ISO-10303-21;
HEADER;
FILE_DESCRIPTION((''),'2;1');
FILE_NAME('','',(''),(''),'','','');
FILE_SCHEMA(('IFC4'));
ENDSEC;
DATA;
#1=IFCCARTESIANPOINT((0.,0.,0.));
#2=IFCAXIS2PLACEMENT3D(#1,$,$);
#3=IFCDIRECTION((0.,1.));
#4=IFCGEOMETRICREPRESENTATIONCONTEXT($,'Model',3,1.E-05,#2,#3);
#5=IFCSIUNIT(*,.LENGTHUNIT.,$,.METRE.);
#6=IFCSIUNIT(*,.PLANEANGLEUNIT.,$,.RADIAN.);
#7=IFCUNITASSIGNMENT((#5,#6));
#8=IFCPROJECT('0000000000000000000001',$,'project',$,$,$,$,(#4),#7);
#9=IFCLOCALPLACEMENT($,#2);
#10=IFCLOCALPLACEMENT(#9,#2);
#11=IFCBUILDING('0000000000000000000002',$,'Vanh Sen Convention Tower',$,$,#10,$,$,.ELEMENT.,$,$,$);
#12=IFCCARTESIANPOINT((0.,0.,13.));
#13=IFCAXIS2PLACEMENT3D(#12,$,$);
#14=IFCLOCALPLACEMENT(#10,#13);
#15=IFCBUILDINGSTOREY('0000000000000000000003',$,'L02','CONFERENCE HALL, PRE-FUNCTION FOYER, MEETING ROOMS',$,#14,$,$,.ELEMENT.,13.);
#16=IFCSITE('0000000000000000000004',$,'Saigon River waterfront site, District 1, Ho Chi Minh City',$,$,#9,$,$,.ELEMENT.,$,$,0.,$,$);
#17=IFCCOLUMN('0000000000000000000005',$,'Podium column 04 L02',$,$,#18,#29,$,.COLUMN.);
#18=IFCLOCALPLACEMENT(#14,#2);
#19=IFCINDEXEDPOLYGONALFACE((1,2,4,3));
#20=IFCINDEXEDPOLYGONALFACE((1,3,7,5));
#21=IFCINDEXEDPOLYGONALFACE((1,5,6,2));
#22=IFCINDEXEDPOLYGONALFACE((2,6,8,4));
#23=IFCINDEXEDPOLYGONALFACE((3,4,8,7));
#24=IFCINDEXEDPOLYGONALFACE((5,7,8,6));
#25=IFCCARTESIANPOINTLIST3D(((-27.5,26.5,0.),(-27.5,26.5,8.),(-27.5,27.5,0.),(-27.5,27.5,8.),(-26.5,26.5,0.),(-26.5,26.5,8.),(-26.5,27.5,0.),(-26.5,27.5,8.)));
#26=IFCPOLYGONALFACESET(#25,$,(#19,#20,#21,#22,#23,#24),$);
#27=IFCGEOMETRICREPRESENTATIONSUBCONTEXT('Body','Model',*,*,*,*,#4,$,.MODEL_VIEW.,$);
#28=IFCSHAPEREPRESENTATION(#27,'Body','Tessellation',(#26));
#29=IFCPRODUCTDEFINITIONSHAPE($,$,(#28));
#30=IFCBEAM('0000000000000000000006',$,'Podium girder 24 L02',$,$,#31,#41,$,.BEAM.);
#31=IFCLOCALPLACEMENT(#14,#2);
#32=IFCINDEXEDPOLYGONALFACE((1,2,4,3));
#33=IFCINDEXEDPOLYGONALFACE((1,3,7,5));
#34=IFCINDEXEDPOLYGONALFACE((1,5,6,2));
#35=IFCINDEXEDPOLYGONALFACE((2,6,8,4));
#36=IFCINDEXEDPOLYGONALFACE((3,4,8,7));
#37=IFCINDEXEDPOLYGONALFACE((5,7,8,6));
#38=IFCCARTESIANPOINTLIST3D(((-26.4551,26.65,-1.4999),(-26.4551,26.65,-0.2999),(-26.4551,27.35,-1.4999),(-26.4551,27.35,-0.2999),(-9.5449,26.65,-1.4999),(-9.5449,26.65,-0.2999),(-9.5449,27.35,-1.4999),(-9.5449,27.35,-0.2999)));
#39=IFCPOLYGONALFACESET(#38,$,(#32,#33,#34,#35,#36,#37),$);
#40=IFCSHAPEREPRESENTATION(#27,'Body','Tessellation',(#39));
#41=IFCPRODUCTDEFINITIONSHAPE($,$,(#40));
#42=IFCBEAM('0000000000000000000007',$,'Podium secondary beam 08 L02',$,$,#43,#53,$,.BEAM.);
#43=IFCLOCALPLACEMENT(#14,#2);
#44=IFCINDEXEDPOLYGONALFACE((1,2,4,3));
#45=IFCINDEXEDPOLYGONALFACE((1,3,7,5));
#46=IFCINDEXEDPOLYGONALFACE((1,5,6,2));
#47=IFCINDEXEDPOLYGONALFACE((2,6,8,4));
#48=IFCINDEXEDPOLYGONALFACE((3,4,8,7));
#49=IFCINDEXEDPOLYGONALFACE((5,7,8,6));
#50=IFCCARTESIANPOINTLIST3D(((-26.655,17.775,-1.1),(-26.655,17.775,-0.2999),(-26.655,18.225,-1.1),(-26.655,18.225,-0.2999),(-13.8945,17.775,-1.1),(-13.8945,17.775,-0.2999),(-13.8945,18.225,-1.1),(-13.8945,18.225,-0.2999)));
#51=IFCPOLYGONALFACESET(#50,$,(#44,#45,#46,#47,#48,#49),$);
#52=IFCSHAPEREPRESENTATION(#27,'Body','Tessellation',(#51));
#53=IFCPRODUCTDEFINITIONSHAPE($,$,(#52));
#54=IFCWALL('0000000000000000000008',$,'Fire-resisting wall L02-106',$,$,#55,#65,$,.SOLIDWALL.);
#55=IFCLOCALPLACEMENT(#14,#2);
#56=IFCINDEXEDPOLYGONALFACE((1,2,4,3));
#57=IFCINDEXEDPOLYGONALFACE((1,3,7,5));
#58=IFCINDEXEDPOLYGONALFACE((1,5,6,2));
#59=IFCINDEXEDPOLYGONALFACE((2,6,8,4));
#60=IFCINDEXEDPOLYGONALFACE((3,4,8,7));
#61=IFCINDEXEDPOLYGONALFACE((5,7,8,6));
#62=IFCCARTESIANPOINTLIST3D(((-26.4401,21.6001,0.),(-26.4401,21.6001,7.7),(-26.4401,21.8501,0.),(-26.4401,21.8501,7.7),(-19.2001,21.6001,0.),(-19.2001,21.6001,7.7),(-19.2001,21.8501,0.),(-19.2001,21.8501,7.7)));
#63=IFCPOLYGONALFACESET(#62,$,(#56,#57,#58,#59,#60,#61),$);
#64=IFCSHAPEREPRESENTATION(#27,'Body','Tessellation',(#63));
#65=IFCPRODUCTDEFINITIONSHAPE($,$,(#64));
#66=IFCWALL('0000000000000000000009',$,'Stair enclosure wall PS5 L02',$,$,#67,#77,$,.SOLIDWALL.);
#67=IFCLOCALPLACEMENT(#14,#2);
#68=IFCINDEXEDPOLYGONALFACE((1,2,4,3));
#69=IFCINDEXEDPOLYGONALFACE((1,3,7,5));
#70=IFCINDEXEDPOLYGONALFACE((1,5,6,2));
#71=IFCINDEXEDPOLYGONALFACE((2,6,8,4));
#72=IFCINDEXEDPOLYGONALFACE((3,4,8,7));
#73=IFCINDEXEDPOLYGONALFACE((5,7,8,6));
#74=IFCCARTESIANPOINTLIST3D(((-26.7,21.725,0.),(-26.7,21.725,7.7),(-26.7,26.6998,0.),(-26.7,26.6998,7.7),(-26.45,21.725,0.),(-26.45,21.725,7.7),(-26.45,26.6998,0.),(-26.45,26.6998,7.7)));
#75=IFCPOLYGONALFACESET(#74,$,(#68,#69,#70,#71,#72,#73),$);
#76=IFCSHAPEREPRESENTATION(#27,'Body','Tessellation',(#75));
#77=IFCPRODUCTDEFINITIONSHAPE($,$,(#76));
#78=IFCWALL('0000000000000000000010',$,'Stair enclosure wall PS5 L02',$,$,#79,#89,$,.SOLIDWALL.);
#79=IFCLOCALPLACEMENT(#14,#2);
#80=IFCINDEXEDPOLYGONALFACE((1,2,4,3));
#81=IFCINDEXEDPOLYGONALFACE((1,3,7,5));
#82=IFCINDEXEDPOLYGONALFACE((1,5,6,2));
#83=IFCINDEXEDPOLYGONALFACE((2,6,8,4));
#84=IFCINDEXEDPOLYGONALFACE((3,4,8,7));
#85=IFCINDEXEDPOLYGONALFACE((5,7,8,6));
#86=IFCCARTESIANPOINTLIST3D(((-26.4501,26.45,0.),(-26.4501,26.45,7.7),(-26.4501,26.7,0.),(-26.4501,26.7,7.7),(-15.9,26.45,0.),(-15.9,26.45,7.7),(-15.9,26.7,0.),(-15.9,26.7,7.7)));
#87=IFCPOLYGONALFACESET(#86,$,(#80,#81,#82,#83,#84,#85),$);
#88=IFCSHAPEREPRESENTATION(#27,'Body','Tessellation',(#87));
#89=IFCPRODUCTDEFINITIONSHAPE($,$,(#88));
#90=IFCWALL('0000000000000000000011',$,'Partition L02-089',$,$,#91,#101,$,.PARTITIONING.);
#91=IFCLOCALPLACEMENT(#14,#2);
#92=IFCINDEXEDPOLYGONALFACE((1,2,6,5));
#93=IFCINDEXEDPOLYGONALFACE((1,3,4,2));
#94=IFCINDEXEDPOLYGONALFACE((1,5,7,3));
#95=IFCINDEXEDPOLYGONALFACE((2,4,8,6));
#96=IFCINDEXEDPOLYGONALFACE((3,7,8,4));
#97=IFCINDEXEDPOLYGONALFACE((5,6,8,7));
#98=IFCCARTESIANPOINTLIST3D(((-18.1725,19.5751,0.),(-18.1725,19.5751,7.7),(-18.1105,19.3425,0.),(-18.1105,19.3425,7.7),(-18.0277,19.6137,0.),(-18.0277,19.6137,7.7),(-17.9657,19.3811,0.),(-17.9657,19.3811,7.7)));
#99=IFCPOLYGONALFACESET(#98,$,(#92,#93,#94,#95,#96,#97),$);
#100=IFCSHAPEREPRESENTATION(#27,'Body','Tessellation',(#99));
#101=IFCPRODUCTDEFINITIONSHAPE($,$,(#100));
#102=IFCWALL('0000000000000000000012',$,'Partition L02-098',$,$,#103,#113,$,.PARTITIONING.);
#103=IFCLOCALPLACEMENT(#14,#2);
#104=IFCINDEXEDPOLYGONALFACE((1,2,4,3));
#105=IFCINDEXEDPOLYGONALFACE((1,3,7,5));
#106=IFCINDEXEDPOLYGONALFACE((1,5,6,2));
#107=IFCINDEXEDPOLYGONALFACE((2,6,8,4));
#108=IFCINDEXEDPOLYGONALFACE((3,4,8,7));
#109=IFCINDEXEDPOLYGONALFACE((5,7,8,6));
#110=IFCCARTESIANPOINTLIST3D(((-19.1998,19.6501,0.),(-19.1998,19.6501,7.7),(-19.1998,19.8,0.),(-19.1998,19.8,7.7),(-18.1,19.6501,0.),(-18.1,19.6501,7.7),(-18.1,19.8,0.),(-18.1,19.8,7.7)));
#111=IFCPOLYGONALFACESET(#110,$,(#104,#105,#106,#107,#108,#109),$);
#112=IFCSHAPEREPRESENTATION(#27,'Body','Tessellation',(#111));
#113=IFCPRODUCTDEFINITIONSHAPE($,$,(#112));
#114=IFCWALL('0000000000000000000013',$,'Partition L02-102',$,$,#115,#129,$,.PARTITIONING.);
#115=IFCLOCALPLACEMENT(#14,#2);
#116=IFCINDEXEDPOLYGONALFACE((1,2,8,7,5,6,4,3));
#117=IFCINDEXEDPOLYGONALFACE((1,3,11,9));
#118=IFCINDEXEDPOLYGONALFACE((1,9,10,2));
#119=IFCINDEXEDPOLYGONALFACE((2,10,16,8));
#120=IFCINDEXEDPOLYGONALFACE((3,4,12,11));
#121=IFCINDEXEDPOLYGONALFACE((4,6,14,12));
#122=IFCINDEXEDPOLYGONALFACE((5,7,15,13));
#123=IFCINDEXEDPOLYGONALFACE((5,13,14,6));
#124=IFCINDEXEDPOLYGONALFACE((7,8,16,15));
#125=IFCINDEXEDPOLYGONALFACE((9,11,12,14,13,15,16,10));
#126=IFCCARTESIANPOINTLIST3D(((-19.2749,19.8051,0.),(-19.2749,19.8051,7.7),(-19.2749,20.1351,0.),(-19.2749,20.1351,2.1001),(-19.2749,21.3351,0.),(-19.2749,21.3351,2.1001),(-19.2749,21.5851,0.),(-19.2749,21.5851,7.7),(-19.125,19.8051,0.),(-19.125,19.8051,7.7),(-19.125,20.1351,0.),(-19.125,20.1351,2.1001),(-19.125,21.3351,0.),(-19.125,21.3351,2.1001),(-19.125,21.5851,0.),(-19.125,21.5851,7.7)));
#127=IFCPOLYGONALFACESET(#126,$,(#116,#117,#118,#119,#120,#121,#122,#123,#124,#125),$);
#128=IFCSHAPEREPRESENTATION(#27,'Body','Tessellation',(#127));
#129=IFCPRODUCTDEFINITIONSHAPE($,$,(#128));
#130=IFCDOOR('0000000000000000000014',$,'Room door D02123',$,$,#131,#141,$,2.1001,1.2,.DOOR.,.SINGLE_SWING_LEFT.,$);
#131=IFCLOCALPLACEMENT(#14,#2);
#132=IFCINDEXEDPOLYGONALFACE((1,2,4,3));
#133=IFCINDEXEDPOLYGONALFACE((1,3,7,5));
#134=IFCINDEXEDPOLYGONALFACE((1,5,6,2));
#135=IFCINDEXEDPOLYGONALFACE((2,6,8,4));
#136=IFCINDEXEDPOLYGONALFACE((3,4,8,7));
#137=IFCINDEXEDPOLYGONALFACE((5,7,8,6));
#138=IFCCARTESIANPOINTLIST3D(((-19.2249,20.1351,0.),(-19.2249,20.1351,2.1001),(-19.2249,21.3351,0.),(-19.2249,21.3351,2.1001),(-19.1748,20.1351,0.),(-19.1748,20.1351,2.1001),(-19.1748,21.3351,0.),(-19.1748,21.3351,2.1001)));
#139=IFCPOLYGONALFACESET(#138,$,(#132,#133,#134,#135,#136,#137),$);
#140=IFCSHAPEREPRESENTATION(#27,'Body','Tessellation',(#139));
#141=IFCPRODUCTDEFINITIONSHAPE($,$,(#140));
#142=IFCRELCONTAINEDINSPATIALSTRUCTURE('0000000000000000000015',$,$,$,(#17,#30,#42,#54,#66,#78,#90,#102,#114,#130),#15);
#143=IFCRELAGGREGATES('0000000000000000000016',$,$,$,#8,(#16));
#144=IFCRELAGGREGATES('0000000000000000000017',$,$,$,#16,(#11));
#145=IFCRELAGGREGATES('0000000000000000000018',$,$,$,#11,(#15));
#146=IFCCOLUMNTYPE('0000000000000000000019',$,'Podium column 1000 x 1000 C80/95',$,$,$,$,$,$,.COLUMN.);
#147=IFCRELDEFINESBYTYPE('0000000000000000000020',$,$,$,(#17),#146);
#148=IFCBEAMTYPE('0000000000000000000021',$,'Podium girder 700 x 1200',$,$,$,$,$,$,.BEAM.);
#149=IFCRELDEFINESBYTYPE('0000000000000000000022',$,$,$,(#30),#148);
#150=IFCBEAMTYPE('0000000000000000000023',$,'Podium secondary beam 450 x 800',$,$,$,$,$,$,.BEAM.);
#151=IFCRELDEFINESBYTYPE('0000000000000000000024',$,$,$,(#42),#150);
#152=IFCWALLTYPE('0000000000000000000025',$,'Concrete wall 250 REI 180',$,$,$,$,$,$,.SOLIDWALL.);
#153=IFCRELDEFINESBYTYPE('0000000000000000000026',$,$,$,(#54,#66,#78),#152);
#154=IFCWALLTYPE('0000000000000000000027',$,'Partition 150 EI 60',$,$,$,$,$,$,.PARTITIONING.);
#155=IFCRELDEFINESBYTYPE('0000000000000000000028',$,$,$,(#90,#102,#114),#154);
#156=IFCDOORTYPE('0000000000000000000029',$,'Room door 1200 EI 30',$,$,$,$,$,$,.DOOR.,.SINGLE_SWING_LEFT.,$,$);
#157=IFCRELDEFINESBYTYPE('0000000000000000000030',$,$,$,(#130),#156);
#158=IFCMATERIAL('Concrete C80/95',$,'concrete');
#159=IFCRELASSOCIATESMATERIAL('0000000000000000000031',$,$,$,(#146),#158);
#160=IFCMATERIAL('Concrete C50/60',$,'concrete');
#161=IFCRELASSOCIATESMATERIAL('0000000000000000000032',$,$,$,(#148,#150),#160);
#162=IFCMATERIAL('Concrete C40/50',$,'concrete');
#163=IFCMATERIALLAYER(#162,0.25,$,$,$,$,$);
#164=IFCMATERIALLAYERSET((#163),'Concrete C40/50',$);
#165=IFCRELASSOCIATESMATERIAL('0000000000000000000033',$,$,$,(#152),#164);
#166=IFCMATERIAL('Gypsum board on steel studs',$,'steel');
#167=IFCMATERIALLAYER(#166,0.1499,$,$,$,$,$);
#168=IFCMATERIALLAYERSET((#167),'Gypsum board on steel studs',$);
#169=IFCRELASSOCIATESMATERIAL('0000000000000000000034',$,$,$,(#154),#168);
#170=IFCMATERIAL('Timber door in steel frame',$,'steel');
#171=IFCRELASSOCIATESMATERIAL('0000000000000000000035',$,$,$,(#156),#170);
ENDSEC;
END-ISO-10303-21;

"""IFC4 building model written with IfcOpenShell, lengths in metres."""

from ifc_helpers import new_model, si_unit, direction, frame, frame_2d, origin, origin_2d, place, context, subcontext, project, spatial, rectangle, extrude, material, layer, layer_set, material_profile, profile_set, type_object, element, fill, save


model = new_model("IFC4")

# Units and contexts
model_context = context("Model", 3, precision=1e-05, world=origin(), true_north=direction((0.0, 1.0)))
body_context = subcontext(model_context, "Body", "Model", "MODEL_VIEW")
ifc_project = project(units=[si_unit("LENGTHUNIT", "METRE"), si_unit("PLANEANGLEUNIT", "RADIAN")], contexts=[model_context])

# Site, building, storey
site_placement = place(None, origin())
site = spatial("IfcSite", under=ifc_project, at=site_placement, Name="Saigon River waterfront site, District 1, Ho Chi Minh City", CompositionType="ELEMENT", RefElevation=0.0)
building_placement = place(site_placement, origin())
building = spatial("IfcBuilding", under=site, at=building_placement, Name="Vanh Sen Convention Tower", CompositionType="ELEMENT")
storey_placement = place(building_placement, frame((0.0, 0.0, 13.0)))
storey = spatial("IfcBuildingStorey", under=building, at=storey_placement, Name="L02", Description="CONFERENCE HALL, PRE-FUNCTION FOYER, MEETING ROOMS", CompositionType="ELEMENT", Elevation=13.0)

# Column
ifc_material_1 = material(Name="Concrete C80/95", Category="concrete")
ifc_material_profile_1 = material_profile(ifc_material_1, rectangle(XDim=1.0, YDim=1.0, at=origin_2d()), Name="RC 1000X1000")
ifc_profile_set_1 = profile_set([ifc_material_profile_1], Name="Concrete C80/95")
column_type = type_object("IfcColumnType", Name="Podium column 1000 x 1000 C80/95", PredefinedType="COLUMN", material=ifc_profile_set_1)
column_placement = place(storey_placement, frame((-27.0, 27.0, 0.0), z_axis=(0.0, 0.0, 1.0), x_axis=(1.0, 0.0, 0.0)))
element("IfcColumn", 1, at=column_placement, inside=storey, type_object=column_type, Name="Podium column 04 L02", PredefinedType="COLUMN", context=body_context, shape_type="SweptSolid", body=[
    extrude(rectangle(XDim=1.0, YDim=1.0, at=origin_2d()), origin(), (0.0, 0.0, 1.0), 8.0),
])

# Beams
ifc_material_2 = material(Name="Concrete C50/60", Category="concrete")
ifc_material_profile_2 = material_profile(ifc_material_2, rectangle(XDim=0.7, YDim=1.2, at=origin_2d()), Name="RC 700X1200")
ifc_profile_set_2 = profile_set([ifc_material_profile_2], Name="Concrete C50/60")
beam_type_1 = type_object("IfcBeamType", Name="Podium girder 700 x 1200", PredefinedType="BEAM", material=ifc_profile_set_2)
beam_1_placement = place(storey_placement, frame((-26.4551, 27.0, -0.8999), z_axis=(1.0, 0.0, 0.0), x_axis=(0.0, 1.0, 0.0)))
element("IfcBeam", 2, at=beam_1_placement, inside=storey, type_object=beam_type_1, Name="Podium girder 24 L02", PredefinedType="BEAM", context=body_context, shape_type="SweptSolid", body=[
    extrude(rectangle(XDim=0.7, YDim=1.2, at=origin_2d()), origin(), (0.0, 0.0, 1.0), 16.9102),
])
ifc_material_profile_3 = material_profile(ifc_material_2, rectangle(XDim=0.45, YDim=0.8, at=origin_2d()), Name="RC 450X800")
ifc_profile_set_3 = profile_set([ifc_material_profile_3], Name="Concrete C50/60")
beam_type_2 = type_object("IfcBeamType", Name="Podium secondary beam 450 x 800", PredefinedType="BEAM", material=ifc_profile_set_3)
beam_2_placement = place(storey_placement, frame((-26.655, 18.0, -0.7), z_axis=(1.0, 0.0, 0.0), x_axis=(0.0, 1.0, 0.0)))
element("IfcBeam", 3, at=beam_2_placement, inside=storey, type_object=beam_type_2, Name="Podium secondary beam 08 L02", PredefinedType="BEAM", context=body_context, shape_type="SweptSolid", body=[
    extrude(rectangle(XDim=0.45, YDim=0.8, at=origin_2d()), origin(), (0.0, 0.0, 1.0), 12.7605),
])

# Wall
ifc_material_3 = material(Name="Concrete C40/50", Category="concrete")
ifc_layer_1 = layer(ifc_material_3, 0.25)
ifc_layer_set_1 = layer_set([ifc_layer_1], Name="Concrete C40/50")
wall_type_1 = type_object("IfcWallType", Name="Concrete wall 250 REI 180", PredefinedType="SOLIDWALL", material=ifc_layer_set_1)
wall_1_placement = place(storey_placement, frame((-19.2, 21.7251, 0.0), z_axis=(0.0, 0.0, 1.0), x_axis=(-1.0, 0.0, 0.0)))
element("IfcWall", 4, at=wall_1_placement, inside=storey, type_object=wall_type_1, Name="Fire-resisting wall L02-106", PredefinedType="SOLIDWALL", context=body_context, shape_type="SweptSolid", body=[
    extrude(rectangle(XDim=7.24, YDim=0.25, at=frame_2d((3.6201, 0.0))), origin(), (0.0, 0.0, 1.0), 7.7),
])

# Walls
wall_2_placement = place(storey_placement, frame((-26.575, 21.7251, 0.0), z_axis=(0.0, 0.0, 1.0), x_axis=(0.0, 1.0, 0.0)))
element("IfcWall", 5, at=wall_2_placement, inside=storey, type_object=wall_type_1, Name="Stair enclosure wall PS5 L02", PredefinedType="SOLIDWALL", context=body_context, shape_type="SweptSolid", body=[
    extrude(rectangle(XDim=4.9749, YDim=0.25, at=frame_2d((2.4873, 0.0))), origin(), (0.0, 0.0, 1.0), 7.7),
])
wall_3_placement = place(storey_placement, frame((-26.45, 26.575, 0.0), z_axis=(0.0, 0.0, 1.0), x_axis=(1.0, 0.0, 0.0)))
element("IfcWall", 6, at=wall_3_placement, inside=storey, type_object=wall_type_1, Name="Stair enclosure wall PS5 L02", PredefinedType="SOLIDWALL", context=body_context, shape_type="SweptSolid", body=[
    extrude(rectangle(XDim=10.55, YDim=0.25, at=frame_2d((5.2749, 0.0))), origin(), (0.0, 0.0, 1.0), 7.7),
])
ifc_material_4 = material(Name="Gypsum board on steel studs", Category="steel")
ifc_layer_2 = layer(ifc_material_4, 0.1499)
ifc_layer_set_2 = layer_set([ifc_layer_2], Name="Gypsum board on steel studs")
wall_type_2 = type_object("IfcWallType", Name="Partition 150 EI 60", PredefinedType="PARTITIONING", material=ifc_layer_set_2)
wall_4_placement = place(storey_placement, frame((-18.0381, 19.3618, 0.0), z_axis=(0.0, 0.0, 1.0), x_axis=(-0.257536, 0.966269, 0.0)))
element("IfcWall", 7, at=wall_4_placement, inside=storey, type_object=wall_type_2, Name="Partition L02-089", PredefinedType="PARTITIONING", context=body_context, shape_type="SweptSolid", body=[
    extrude(rectangle(XDim=0.2407, YDim=0.1499, at=frame_2d((0.1204, 0.0))), origin(), (0.0, 0.0, 1.0), 7.7),
])
wall_5_placement = place(storey_placement, frame((-18.1001, 19.7251, 0.0), z_axis=(0.0, 0.0, 1.0), x_axis=(-1.0, 0.0, 0.0)))
element("IfcWall", 8, at=wall_5_placement, inside=storey, type_object=wall_type_2, Name="Partition L02-098", PredefinedType="PARTITIONING", context=body_context, shape_type="SweptSolid", body=[
    extrude(rectangle(XDim=1.0999, YDim=0.1499, at=frame_2d((0.5498, 0.0))), origin(), (0.0, 0.0, 1.0), 7.7),
])

# Wall, opening, door
wall_6_placement = place(storey_placement, frame((-19.2, 19.8049, 0.0), z_axis=(0.0, 0.0, 1.0), x_axis=(0.0, 1.0, 0.0)))
wall_6 = element("IfcWall", 9, at=wall_6_placement, inside=storey, type_object=wall_type_2, Name="Partition L02-102", PredefinedType="PARTITIONING", context=body_context, shape_type="SweptSolid", body=[
    extrude(rectangle(XDim=1.78, YDim=0.1499, at=frame_2d((0.8901, 0.0))), origin(), (0.0, 0.0, 1.0), 7.7),
])
opening_1_placement = place(wall_6_placement, frame((0.3301, 0.0, 0.0)))
opening_1 = element("IfcOpeningElement", 10, at=opening_1_placement, cuts=wall_6, PredefinedType="OPENING", context=body_context, shape_type="SweptSolid", body=[
    extrude(rectangle(XDim=1.2, YDim=2.1001, at=frame_2d((0.6001, 1.05))), frame((0.0, 0.085, 0.0), z_axis=(0.0, -1.0, 0.0), x_axis=(1.0, 0.0, 0.0)), (0.0, 0.0, 1.0), 0.1699),
])
ifc_material_5 = material(Name="Timber door in steel frame", Category="steel")
door_type_1 = type_object("IfcDoorType", Name="Room door 1200 EI 30", OperationType="SINGLE_SWING_LEFT", PredefinedType="DOOR", material=ifc_material_5)
door_1_placement = place(opening_1_placement, origin())
door_1 = element("IfcDoor", 11, at=door_1_placement, inside=storey, type_object=door_type_1, Name="Room door D02123", OperationType="SINGLE_SWING_LEFT", OverallHeight=2.1001, OverallWidth=1.2, PredefinedType="DOOR", context=body_context, shape_type="SweptSolid", body=[
    extrude(rectangle(XDim=1.2, YDim=2.1001, at=frame_2d((0.6001, 1.05))), frame((0.0, 0.0249, 0.0), z_axis=(0.0, -1.0, 0.0), x_axis=(1.0, 0.0, 0.0)), (0.0, 0.0, 1.0), 0.05),
])
fill(opening_1, door_1)

save(model, "model.ifc")
